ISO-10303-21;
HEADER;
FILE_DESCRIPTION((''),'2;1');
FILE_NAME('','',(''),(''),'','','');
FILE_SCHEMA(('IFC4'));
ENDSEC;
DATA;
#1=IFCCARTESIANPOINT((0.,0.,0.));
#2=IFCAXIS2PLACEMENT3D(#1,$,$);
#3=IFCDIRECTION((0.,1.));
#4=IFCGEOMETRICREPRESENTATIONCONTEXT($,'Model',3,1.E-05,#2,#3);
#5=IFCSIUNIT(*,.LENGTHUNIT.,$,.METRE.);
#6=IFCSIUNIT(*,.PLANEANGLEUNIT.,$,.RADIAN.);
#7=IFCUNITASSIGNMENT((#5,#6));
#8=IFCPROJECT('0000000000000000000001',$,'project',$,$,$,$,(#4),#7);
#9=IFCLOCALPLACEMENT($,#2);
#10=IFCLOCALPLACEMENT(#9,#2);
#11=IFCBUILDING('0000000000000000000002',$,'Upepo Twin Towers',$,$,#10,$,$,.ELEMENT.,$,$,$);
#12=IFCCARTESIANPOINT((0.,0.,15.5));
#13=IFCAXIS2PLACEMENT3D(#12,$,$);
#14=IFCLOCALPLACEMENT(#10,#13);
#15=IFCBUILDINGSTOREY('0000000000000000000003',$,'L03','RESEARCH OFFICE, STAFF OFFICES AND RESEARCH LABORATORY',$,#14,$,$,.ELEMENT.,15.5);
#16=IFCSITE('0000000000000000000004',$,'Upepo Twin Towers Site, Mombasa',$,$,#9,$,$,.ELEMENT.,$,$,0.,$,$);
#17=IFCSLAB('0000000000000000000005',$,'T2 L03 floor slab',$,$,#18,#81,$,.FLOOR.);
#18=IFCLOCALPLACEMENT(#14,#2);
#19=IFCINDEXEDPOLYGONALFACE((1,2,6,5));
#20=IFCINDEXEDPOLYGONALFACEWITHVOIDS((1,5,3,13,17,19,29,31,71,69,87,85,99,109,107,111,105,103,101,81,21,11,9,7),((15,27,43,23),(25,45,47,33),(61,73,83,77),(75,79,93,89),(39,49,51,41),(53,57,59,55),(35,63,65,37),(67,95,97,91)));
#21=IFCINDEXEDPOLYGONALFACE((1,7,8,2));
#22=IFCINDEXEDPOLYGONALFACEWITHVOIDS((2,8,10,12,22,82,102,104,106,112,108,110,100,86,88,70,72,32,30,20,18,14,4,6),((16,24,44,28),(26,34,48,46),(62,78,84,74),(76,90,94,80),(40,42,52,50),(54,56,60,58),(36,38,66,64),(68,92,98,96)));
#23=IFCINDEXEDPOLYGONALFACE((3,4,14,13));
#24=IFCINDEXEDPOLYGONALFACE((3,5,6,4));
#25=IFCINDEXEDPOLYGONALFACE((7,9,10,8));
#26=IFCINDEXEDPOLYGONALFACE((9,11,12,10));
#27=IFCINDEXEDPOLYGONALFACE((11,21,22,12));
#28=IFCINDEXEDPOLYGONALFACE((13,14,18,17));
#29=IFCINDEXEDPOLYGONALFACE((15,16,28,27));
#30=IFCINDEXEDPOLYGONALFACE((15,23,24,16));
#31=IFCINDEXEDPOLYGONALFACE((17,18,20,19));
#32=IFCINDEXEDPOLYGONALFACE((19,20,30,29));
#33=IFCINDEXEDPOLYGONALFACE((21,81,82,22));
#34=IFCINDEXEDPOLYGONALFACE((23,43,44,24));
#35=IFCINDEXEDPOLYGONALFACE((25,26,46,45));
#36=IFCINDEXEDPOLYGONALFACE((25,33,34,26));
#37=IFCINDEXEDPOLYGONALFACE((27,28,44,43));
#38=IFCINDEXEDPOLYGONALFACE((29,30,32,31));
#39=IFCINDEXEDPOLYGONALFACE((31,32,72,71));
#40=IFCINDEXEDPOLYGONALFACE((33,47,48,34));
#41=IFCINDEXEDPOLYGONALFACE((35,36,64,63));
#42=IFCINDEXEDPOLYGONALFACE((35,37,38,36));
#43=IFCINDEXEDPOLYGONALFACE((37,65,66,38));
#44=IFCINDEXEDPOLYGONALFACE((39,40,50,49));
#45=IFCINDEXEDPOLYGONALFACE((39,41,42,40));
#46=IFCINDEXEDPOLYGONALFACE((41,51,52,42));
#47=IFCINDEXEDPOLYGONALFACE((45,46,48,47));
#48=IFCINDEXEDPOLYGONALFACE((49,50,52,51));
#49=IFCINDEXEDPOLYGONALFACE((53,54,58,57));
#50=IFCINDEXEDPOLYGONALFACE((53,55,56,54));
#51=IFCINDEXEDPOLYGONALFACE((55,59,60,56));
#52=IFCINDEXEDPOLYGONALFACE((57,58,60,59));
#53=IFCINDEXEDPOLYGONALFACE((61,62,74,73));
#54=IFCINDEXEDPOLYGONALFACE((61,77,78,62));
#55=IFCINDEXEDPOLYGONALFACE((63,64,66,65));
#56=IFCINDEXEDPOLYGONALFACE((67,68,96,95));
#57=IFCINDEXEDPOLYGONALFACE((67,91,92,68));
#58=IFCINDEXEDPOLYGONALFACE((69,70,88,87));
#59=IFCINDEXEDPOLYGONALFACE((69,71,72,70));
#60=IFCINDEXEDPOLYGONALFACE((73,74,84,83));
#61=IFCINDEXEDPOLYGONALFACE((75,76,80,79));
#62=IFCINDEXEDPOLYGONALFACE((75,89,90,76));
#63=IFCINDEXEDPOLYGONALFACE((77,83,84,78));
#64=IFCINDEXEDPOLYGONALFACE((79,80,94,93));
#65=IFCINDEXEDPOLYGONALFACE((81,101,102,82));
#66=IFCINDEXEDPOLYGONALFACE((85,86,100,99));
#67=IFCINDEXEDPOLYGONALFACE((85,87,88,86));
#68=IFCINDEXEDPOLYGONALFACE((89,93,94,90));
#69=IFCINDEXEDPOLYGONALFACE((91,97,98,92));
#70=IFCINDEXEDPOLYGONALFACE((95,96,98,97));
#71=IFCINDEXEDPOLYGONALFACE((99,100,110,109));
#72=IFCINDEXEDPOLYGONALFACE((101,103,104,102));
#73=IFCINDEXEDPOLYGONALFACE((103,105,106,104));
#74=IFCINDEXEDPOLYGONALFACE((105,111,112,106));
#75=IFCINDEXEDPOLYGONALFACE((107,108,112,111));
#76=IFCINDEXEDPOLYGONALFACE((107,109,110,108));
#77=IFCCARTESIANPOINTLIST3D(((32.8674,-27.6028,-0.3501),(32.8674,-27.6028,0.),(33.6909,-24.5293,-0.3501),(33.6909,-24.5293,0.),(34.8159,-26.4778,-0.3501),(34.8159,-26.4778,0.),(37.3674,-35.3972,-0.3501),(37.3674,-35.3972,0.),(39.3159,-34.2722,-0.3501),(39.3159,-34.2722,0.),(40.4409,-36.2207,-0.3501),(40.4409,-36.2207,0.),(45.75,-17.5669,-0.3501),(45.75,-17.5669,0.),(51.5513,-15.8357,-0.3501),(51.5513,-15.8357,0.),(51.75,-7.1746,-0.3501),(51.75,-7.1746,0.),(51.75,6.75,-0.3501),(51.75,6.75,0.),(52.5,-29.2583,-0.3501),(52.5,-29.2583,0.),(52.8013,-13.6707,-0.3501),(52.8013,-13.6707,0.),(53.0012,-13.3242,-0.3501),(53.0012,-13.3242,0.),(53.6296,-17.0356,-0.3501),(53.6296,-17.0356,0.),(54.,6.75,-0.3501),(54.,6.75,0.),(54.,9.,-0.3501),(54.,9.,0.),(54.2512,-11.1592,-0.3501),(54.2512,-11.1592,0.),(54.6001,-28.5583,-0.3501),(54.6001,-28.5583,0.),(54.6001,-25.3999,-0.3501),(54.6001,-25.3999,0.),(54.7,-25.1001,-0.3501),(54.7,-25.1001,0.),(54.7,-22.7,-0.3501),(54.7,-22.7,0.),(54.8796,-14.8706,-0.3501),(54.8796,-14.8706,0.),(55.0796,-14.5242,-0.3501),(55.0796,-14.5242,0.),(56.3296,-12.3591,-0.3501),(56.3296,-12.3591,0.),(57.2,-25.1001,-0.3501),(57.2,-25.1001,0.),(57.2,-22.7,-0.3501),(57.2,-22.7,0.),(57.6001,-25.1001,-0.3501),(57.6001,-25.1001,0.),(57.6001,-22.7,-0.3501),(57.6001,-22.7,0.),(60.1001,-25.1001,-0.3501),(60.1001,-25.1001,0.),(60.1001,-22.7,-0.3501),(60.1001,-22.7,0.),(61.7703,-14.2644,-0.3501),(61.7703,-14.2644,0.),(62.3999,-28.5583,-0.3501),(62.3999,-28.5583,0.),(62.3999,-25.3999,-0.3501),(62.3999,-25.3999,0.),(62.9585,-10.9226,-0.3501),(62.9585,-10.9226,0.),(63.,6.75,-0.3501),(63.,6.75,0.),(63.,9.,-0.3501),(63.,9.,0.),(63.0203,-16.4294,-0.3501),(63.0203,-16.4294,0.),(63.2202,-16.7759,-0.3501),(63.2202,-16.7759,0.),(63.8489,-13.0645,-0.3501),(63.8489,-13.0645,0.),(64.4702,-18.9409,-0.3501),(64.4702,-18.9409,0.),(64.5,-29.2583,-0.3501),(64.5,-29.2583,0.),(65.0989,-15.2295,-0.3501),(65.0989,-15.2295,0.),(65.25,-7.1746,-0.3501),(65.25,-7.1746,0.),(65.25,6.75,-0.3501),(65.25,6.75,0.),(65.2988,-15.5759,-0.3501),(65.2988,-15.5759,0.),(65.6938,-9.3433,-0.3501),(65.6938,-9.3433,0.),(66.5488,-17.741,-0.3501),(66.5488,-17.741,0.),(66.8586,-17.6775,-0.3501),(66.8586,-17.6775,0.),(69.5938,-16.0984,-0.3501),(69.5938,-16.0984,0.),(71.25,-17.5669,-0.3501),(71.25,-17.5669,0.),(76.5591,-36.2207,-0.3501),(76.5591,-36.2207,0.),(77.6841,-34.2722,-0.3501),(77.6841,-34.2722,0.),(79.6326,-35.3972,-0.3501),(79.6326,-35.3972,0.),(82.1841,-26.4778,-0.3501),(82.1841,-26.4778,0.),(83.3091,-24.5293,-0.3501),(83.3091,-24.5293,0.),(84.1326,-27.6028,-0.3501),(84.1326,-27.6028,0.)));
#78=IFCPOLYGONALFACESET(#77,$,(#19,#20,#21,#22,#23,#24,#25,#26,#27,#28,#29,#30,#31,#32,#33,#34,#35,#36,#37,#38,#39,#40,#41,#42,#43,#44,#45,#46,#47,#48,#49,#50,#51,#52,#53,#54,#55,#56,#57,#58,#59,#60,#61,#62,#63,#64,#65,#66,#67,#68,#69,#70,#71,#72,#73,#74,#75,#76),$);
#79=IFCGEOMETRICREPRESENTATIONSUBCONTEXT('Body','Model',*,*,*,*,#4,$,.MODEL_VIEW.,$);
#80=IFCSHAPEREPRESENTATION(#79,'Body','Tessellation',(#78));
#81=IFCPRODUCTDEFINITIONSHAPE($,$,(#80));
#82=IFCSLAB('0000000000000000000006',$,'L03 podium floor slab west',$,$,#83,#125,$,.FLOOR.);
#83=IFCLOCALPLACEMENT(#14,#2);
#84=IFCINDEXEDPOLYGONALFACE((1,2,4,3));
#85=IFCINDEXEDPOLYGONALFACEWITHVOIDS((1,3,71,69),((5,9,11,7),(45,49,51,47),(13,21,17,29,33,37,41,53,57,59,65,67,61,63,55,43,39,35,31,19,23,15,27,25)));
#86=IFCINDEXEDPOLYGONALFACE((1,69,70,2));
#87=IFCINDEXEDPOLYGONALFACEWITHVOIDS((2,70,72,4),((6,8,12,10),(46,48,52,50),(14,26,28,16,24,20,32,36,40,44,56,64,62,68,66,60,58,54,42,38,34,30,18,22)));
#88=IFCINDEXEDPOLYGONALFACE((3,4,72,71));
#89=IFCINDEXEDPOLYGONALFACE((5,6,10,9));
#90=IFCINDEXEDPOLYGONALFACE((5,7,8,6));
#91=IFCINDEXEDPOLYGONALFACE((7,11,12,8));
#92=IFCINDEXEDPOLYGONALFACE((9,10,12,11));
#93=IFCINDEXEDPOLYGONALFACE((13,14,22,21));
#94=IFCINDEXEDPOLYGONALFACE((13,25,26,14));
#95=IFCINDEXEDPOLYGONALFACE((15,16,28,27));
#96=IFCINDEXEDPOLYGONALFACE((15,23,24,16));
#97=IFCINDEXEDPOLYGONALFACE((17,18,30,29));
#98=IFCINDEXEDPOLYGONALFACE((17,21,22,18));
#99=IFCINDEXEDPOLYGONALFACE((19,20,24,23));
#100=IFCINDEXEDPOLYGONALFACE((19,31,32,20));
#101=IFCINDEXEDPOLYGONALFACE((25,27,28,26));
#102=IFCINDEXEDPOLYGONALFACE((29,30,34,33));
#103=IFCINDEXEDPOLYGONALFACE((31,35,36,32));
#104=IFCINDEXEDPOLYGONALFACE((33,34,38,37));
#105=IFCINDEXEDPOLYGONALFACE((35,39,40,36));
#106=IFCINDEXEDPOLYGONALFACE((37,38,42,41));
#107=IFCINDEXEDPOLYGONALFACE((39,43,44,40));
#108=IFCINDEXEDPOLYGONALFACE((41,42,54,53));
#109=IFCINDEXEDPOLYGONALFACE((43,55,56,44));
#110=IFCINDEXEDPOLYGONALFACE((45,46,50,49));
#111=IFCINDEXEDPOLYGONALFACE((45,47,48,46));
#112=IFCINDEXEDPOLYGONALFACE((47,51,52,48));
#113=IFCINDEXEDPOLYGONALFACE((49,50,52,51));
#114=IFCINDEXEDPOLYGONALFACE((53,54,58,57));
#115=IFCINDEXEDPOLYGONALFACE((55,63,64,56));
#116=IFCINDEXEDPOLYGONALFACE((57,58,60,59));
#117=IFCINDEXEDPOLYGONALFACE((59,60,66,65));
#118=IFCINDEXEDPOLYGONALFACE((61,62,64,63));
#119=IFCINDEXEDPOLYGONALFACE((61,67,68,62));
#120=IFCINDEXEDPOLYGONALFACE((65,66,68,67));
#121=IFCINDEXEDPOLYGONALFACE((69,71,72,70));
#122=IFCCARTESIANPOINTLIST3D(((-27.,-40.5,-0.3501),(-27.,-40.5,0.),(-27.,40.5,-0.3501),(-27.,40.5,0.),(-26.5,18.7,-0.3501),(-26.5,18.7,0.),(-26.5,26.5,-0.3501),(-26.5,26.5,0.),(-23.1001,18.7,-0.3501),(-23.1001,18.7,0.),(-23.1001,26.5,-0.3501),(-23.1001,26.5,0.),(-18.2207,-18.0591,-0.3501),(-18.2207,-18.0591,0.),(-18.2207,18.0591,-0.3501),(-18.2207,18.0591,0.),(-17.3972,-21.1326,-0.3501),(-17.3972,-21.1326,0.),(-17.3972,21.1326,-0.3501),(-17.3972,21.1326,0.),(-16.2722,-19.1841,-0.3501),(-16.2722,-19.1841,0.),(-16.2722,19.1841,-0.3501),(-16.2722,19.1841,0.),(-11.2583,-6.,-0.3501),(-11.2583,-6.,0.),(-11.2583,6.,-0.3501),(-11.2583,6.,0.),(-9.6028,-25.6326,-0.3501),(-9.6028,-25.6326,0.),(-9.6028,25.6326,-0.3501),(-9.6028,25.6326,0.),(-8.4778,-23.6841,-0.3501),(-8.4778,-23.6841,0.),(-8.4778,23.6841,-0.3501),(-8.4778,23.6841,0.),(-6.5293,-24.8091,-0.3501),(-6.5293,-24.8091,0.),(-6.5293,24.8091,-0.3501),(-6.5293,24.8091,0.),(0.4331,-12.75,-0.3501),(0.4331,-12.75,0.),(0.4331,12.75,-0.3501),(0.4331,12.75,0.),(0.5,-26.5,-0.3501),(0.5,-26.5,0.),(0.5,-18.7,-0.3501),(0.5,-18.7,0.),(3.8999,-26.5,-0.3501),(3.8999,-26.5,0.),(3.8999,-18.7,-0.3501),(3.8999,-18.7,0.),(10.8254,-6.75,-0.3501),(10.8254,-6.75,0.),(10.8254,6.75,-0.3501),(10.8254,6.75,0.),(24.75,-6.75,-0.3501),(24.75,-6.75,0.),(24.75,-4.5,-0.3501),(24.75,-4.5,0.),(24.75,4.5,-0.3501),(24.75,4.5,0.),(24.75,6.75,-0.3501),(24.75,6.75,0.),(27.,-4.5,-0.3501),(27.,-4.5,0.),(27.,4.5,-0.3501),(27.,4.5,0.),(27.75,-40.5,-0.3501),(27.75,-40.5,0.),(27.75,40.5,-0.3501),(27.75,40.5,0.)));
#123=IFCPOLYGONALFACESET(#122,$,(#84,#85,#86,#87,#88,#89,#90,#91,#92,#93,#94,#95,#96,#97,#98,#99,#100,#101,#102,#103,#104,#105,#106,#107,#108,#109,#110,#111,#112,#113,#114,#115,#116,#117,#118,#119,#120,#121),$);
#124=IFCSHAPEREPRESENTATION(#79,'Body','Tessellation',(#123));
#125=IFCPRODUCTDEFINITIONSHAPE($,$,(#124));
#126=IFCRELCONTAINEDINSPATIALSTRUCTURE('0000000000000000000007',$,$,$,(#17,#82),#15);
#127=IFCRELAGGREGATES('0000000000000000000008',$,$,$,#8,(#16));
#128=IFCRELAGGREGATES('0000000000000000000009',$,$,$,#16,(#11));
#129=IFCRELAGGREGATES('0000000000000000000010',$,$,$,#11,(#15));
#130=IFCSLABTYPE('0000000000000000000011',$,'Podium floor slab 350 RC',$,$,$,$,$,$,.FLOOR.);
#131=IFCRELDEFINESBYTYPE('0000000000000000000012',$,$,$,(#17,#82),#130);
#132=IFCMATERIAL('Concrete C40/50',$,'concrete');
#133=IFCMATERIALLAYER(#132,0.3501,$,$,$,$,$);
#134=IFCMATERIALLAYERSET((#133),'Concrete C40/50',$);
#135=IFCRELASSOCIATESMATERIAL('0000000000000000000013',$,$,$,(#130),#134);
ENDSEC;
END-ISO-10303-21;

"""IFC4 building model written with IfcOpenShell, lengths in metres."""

from ifc_helpers import new_model, si_unit, direction, frame, origin, place, context, subcontext, project, spatial, polyline, outline, extrude, material, layer, layer_set, type_object, element, save


model = new_model("IFC4")

# Units and contexts
model_context = context("Model", 3, precision=1e-05, world=origin(), true_north=direction((0.0, 1.0)))
body_context = subcontext(model_context, "Body", "Model", "MODEL_VIEW")
ifc_project = project(units=[si_unit("LENGTHUNIT", "METRE"), si_unit("PLANEANGLEUNIT", "RADIAN")], contexts=[model_context])

# Site, building, storey
site_placement = place(None, origin())
site = spatial("IfcSite", under=ifc_project, at=site_placement, Name="Upepo Twin Towers Site, Mombasa", CompositionType="ELEMENT", RefElevation=0.0)
building_placement = place(site_placement, origin())
building = spatial("IfcBuilding", under=site, at=building_placement, Name="Upepo Twin Towers", CompositionType="ELEMENT")
storey_placement = place(building_placement, frame((0.0, 0.0, 15.5)))
storey = spatial("IfcBuildingStorey", under=building, at=storey_placement, Name="L03", Description="RESEARCH OFFICE, STAFF OFFICES AND RESEARCH LABORATORY", CompositionType="ELEMENT", Elevation=15.5)

# Slabs
ifc_material_1 = material(Name="Concrete C40/50", Category="concrete")
ifc_layer_1 = layer(ifc_material_1, 0.3501)
ifc_layer_set_1 = layer_set([ifc_layer_1], Name="Concrete C40/50")
slab_type = type_object("IfcSlabType", Name="Podium floor slab 350 RC", PredefinedType="FLOOR", material=ifc_layer_set_1)
slab_1_placement = place(storey_placement, frame((0.0, 0.0, -0.3501)))
element("IfcSlab", 1, at=slab_1_placement, inside=storey, type_object=slab_type, Name="T2 L03 floor slab", PredefinedType="FLOOR", context=body_context, shape_type="SweptSolid", body=[
    extrude(outline(polyline([(82.1841, -26.4778), (84.1326, -27.6028), (79.6326, -35.3972), (77.6841, -34.2722), (76.5591, -36.2207), (64.5, -29.2583), (52.5, -29.2583), (40.4409, -36.2207), (39.3159, -34.2722), (37.3674, -35.3972), (32.8674, -27.6028), (34.8159, -26.4778), (33.6909, -24.5293), (45.75, -17.5669), (51.75, -7.1746), (51.75, 6.75), (54.0, 6.75), (54.0, 9.0), (63.0, 9.0), (63.0, 6.75), (65.25, 6.75), (65.25, -7.1746), (71.25, -17.5669), (83.3091, -24.5293), (82.1841, -26.4778)]), holes=[polyline([(56.3296, -12.3591), (54.2512, -11.1592), (53.0012, -13.3242), (55.0796, -14.5242), (56.3296, -12.3591)]), polyline([(54.8796, -14.8706), (52.8013, -13.6707), (51.5513, -15.8357), (53.6296, -17.0356), (54.8796, -14.8706)]), polyline([(54.7, -22.7), (54.7, -25.1001), (57.2, -25.1001), (57.2, -22.7), (54.7, -22.7)]), polyline([(57.6001, -22.7), (57.6001, -25.1001), (60.1001, -25.1001), (60.1001, -22.7), (57.6001, -22.7)]), polyline([(54.6001, -25.3999), (54.6001, -28.5583), (62.3999, -28.5583), (62.3999, -25.3999), (54.6001, -25.3999)]), polyline([(64.4702, -18.9409), (66.5488, -17.741), (65.2988, -15.5759), (63.2202, -16.7759), (64.4702, -18.9409)]), polyline([(63.0203, -16.4294), (65.0989, -15.2295), (63.8489, -13.0645), (61.7703, -14.2644), (63.0203, -16.4294)]), polyline([(66.8586, -17.6775), (69.5938, -16.0984), (65.6938, -9.3433), (62.9585, -10.9226), (66.8586, -17.6775)])]), origin(), (0.0, 0.0, 1.0), 0.3501),
])
slab_2_placement = place(storey_placement, frame((0.0, 0.0, -0.3501)))
element("IfcSlab", 2, at=slab_2_placement, inside=storey, type_object=slab_type, Name="L03 podium floor slab west", PredefinedType="FLOOR", context=body_context, shape_type="SweptSolid", body=[
    extrude(outline(polyline([(27.75, 40.5), (27.75, -40.5), (-27.0, -40.5), (-27.0, 40.5), (27.75, 40.5)]), holes=[polyline([(-8.4778, -23.6841), (-9.6028, -25.6326), (-17.3972, -21.1326), (-16.2722, -19.1841), (-18.2207, -18.0591), (-11.2583, -6.0), (-11.2583, 6.0), (-18.2207, 18.0591), (-16.2722, 19.1841), (-17.3972, 21.1326), (-9.6028, 25.6326), (-8.4778, 23.6841), (-6.5293, 24.8091), (0.4331, 12.75), (10.8254, 6.75), (24.75, 6.75), (24.75, 4.5), (27.0, 4.5), (27.0, -4.5), (24.75, -4.5), (24.75, -6.75), (10.8254, -6.75), (0.4331, -12.75), (-6.5293, -24.8091), (-8.4778, -23.6841)]), polyline([(-23.1001, 18.7), (-23.1001, 26.5), (-26.5, 26.5), (-26.5, 18.7), (-23.1001, 18.7)]), polyline([(3.8999, -26.5), (3.8999, -18.7), (0.5, -18.7), (0.5, -26.5), (3.8999, -26.5)])]), origin(), (0.0, 0.0, 1.0), 0.3501),
])

save(model, "model.ifc")
